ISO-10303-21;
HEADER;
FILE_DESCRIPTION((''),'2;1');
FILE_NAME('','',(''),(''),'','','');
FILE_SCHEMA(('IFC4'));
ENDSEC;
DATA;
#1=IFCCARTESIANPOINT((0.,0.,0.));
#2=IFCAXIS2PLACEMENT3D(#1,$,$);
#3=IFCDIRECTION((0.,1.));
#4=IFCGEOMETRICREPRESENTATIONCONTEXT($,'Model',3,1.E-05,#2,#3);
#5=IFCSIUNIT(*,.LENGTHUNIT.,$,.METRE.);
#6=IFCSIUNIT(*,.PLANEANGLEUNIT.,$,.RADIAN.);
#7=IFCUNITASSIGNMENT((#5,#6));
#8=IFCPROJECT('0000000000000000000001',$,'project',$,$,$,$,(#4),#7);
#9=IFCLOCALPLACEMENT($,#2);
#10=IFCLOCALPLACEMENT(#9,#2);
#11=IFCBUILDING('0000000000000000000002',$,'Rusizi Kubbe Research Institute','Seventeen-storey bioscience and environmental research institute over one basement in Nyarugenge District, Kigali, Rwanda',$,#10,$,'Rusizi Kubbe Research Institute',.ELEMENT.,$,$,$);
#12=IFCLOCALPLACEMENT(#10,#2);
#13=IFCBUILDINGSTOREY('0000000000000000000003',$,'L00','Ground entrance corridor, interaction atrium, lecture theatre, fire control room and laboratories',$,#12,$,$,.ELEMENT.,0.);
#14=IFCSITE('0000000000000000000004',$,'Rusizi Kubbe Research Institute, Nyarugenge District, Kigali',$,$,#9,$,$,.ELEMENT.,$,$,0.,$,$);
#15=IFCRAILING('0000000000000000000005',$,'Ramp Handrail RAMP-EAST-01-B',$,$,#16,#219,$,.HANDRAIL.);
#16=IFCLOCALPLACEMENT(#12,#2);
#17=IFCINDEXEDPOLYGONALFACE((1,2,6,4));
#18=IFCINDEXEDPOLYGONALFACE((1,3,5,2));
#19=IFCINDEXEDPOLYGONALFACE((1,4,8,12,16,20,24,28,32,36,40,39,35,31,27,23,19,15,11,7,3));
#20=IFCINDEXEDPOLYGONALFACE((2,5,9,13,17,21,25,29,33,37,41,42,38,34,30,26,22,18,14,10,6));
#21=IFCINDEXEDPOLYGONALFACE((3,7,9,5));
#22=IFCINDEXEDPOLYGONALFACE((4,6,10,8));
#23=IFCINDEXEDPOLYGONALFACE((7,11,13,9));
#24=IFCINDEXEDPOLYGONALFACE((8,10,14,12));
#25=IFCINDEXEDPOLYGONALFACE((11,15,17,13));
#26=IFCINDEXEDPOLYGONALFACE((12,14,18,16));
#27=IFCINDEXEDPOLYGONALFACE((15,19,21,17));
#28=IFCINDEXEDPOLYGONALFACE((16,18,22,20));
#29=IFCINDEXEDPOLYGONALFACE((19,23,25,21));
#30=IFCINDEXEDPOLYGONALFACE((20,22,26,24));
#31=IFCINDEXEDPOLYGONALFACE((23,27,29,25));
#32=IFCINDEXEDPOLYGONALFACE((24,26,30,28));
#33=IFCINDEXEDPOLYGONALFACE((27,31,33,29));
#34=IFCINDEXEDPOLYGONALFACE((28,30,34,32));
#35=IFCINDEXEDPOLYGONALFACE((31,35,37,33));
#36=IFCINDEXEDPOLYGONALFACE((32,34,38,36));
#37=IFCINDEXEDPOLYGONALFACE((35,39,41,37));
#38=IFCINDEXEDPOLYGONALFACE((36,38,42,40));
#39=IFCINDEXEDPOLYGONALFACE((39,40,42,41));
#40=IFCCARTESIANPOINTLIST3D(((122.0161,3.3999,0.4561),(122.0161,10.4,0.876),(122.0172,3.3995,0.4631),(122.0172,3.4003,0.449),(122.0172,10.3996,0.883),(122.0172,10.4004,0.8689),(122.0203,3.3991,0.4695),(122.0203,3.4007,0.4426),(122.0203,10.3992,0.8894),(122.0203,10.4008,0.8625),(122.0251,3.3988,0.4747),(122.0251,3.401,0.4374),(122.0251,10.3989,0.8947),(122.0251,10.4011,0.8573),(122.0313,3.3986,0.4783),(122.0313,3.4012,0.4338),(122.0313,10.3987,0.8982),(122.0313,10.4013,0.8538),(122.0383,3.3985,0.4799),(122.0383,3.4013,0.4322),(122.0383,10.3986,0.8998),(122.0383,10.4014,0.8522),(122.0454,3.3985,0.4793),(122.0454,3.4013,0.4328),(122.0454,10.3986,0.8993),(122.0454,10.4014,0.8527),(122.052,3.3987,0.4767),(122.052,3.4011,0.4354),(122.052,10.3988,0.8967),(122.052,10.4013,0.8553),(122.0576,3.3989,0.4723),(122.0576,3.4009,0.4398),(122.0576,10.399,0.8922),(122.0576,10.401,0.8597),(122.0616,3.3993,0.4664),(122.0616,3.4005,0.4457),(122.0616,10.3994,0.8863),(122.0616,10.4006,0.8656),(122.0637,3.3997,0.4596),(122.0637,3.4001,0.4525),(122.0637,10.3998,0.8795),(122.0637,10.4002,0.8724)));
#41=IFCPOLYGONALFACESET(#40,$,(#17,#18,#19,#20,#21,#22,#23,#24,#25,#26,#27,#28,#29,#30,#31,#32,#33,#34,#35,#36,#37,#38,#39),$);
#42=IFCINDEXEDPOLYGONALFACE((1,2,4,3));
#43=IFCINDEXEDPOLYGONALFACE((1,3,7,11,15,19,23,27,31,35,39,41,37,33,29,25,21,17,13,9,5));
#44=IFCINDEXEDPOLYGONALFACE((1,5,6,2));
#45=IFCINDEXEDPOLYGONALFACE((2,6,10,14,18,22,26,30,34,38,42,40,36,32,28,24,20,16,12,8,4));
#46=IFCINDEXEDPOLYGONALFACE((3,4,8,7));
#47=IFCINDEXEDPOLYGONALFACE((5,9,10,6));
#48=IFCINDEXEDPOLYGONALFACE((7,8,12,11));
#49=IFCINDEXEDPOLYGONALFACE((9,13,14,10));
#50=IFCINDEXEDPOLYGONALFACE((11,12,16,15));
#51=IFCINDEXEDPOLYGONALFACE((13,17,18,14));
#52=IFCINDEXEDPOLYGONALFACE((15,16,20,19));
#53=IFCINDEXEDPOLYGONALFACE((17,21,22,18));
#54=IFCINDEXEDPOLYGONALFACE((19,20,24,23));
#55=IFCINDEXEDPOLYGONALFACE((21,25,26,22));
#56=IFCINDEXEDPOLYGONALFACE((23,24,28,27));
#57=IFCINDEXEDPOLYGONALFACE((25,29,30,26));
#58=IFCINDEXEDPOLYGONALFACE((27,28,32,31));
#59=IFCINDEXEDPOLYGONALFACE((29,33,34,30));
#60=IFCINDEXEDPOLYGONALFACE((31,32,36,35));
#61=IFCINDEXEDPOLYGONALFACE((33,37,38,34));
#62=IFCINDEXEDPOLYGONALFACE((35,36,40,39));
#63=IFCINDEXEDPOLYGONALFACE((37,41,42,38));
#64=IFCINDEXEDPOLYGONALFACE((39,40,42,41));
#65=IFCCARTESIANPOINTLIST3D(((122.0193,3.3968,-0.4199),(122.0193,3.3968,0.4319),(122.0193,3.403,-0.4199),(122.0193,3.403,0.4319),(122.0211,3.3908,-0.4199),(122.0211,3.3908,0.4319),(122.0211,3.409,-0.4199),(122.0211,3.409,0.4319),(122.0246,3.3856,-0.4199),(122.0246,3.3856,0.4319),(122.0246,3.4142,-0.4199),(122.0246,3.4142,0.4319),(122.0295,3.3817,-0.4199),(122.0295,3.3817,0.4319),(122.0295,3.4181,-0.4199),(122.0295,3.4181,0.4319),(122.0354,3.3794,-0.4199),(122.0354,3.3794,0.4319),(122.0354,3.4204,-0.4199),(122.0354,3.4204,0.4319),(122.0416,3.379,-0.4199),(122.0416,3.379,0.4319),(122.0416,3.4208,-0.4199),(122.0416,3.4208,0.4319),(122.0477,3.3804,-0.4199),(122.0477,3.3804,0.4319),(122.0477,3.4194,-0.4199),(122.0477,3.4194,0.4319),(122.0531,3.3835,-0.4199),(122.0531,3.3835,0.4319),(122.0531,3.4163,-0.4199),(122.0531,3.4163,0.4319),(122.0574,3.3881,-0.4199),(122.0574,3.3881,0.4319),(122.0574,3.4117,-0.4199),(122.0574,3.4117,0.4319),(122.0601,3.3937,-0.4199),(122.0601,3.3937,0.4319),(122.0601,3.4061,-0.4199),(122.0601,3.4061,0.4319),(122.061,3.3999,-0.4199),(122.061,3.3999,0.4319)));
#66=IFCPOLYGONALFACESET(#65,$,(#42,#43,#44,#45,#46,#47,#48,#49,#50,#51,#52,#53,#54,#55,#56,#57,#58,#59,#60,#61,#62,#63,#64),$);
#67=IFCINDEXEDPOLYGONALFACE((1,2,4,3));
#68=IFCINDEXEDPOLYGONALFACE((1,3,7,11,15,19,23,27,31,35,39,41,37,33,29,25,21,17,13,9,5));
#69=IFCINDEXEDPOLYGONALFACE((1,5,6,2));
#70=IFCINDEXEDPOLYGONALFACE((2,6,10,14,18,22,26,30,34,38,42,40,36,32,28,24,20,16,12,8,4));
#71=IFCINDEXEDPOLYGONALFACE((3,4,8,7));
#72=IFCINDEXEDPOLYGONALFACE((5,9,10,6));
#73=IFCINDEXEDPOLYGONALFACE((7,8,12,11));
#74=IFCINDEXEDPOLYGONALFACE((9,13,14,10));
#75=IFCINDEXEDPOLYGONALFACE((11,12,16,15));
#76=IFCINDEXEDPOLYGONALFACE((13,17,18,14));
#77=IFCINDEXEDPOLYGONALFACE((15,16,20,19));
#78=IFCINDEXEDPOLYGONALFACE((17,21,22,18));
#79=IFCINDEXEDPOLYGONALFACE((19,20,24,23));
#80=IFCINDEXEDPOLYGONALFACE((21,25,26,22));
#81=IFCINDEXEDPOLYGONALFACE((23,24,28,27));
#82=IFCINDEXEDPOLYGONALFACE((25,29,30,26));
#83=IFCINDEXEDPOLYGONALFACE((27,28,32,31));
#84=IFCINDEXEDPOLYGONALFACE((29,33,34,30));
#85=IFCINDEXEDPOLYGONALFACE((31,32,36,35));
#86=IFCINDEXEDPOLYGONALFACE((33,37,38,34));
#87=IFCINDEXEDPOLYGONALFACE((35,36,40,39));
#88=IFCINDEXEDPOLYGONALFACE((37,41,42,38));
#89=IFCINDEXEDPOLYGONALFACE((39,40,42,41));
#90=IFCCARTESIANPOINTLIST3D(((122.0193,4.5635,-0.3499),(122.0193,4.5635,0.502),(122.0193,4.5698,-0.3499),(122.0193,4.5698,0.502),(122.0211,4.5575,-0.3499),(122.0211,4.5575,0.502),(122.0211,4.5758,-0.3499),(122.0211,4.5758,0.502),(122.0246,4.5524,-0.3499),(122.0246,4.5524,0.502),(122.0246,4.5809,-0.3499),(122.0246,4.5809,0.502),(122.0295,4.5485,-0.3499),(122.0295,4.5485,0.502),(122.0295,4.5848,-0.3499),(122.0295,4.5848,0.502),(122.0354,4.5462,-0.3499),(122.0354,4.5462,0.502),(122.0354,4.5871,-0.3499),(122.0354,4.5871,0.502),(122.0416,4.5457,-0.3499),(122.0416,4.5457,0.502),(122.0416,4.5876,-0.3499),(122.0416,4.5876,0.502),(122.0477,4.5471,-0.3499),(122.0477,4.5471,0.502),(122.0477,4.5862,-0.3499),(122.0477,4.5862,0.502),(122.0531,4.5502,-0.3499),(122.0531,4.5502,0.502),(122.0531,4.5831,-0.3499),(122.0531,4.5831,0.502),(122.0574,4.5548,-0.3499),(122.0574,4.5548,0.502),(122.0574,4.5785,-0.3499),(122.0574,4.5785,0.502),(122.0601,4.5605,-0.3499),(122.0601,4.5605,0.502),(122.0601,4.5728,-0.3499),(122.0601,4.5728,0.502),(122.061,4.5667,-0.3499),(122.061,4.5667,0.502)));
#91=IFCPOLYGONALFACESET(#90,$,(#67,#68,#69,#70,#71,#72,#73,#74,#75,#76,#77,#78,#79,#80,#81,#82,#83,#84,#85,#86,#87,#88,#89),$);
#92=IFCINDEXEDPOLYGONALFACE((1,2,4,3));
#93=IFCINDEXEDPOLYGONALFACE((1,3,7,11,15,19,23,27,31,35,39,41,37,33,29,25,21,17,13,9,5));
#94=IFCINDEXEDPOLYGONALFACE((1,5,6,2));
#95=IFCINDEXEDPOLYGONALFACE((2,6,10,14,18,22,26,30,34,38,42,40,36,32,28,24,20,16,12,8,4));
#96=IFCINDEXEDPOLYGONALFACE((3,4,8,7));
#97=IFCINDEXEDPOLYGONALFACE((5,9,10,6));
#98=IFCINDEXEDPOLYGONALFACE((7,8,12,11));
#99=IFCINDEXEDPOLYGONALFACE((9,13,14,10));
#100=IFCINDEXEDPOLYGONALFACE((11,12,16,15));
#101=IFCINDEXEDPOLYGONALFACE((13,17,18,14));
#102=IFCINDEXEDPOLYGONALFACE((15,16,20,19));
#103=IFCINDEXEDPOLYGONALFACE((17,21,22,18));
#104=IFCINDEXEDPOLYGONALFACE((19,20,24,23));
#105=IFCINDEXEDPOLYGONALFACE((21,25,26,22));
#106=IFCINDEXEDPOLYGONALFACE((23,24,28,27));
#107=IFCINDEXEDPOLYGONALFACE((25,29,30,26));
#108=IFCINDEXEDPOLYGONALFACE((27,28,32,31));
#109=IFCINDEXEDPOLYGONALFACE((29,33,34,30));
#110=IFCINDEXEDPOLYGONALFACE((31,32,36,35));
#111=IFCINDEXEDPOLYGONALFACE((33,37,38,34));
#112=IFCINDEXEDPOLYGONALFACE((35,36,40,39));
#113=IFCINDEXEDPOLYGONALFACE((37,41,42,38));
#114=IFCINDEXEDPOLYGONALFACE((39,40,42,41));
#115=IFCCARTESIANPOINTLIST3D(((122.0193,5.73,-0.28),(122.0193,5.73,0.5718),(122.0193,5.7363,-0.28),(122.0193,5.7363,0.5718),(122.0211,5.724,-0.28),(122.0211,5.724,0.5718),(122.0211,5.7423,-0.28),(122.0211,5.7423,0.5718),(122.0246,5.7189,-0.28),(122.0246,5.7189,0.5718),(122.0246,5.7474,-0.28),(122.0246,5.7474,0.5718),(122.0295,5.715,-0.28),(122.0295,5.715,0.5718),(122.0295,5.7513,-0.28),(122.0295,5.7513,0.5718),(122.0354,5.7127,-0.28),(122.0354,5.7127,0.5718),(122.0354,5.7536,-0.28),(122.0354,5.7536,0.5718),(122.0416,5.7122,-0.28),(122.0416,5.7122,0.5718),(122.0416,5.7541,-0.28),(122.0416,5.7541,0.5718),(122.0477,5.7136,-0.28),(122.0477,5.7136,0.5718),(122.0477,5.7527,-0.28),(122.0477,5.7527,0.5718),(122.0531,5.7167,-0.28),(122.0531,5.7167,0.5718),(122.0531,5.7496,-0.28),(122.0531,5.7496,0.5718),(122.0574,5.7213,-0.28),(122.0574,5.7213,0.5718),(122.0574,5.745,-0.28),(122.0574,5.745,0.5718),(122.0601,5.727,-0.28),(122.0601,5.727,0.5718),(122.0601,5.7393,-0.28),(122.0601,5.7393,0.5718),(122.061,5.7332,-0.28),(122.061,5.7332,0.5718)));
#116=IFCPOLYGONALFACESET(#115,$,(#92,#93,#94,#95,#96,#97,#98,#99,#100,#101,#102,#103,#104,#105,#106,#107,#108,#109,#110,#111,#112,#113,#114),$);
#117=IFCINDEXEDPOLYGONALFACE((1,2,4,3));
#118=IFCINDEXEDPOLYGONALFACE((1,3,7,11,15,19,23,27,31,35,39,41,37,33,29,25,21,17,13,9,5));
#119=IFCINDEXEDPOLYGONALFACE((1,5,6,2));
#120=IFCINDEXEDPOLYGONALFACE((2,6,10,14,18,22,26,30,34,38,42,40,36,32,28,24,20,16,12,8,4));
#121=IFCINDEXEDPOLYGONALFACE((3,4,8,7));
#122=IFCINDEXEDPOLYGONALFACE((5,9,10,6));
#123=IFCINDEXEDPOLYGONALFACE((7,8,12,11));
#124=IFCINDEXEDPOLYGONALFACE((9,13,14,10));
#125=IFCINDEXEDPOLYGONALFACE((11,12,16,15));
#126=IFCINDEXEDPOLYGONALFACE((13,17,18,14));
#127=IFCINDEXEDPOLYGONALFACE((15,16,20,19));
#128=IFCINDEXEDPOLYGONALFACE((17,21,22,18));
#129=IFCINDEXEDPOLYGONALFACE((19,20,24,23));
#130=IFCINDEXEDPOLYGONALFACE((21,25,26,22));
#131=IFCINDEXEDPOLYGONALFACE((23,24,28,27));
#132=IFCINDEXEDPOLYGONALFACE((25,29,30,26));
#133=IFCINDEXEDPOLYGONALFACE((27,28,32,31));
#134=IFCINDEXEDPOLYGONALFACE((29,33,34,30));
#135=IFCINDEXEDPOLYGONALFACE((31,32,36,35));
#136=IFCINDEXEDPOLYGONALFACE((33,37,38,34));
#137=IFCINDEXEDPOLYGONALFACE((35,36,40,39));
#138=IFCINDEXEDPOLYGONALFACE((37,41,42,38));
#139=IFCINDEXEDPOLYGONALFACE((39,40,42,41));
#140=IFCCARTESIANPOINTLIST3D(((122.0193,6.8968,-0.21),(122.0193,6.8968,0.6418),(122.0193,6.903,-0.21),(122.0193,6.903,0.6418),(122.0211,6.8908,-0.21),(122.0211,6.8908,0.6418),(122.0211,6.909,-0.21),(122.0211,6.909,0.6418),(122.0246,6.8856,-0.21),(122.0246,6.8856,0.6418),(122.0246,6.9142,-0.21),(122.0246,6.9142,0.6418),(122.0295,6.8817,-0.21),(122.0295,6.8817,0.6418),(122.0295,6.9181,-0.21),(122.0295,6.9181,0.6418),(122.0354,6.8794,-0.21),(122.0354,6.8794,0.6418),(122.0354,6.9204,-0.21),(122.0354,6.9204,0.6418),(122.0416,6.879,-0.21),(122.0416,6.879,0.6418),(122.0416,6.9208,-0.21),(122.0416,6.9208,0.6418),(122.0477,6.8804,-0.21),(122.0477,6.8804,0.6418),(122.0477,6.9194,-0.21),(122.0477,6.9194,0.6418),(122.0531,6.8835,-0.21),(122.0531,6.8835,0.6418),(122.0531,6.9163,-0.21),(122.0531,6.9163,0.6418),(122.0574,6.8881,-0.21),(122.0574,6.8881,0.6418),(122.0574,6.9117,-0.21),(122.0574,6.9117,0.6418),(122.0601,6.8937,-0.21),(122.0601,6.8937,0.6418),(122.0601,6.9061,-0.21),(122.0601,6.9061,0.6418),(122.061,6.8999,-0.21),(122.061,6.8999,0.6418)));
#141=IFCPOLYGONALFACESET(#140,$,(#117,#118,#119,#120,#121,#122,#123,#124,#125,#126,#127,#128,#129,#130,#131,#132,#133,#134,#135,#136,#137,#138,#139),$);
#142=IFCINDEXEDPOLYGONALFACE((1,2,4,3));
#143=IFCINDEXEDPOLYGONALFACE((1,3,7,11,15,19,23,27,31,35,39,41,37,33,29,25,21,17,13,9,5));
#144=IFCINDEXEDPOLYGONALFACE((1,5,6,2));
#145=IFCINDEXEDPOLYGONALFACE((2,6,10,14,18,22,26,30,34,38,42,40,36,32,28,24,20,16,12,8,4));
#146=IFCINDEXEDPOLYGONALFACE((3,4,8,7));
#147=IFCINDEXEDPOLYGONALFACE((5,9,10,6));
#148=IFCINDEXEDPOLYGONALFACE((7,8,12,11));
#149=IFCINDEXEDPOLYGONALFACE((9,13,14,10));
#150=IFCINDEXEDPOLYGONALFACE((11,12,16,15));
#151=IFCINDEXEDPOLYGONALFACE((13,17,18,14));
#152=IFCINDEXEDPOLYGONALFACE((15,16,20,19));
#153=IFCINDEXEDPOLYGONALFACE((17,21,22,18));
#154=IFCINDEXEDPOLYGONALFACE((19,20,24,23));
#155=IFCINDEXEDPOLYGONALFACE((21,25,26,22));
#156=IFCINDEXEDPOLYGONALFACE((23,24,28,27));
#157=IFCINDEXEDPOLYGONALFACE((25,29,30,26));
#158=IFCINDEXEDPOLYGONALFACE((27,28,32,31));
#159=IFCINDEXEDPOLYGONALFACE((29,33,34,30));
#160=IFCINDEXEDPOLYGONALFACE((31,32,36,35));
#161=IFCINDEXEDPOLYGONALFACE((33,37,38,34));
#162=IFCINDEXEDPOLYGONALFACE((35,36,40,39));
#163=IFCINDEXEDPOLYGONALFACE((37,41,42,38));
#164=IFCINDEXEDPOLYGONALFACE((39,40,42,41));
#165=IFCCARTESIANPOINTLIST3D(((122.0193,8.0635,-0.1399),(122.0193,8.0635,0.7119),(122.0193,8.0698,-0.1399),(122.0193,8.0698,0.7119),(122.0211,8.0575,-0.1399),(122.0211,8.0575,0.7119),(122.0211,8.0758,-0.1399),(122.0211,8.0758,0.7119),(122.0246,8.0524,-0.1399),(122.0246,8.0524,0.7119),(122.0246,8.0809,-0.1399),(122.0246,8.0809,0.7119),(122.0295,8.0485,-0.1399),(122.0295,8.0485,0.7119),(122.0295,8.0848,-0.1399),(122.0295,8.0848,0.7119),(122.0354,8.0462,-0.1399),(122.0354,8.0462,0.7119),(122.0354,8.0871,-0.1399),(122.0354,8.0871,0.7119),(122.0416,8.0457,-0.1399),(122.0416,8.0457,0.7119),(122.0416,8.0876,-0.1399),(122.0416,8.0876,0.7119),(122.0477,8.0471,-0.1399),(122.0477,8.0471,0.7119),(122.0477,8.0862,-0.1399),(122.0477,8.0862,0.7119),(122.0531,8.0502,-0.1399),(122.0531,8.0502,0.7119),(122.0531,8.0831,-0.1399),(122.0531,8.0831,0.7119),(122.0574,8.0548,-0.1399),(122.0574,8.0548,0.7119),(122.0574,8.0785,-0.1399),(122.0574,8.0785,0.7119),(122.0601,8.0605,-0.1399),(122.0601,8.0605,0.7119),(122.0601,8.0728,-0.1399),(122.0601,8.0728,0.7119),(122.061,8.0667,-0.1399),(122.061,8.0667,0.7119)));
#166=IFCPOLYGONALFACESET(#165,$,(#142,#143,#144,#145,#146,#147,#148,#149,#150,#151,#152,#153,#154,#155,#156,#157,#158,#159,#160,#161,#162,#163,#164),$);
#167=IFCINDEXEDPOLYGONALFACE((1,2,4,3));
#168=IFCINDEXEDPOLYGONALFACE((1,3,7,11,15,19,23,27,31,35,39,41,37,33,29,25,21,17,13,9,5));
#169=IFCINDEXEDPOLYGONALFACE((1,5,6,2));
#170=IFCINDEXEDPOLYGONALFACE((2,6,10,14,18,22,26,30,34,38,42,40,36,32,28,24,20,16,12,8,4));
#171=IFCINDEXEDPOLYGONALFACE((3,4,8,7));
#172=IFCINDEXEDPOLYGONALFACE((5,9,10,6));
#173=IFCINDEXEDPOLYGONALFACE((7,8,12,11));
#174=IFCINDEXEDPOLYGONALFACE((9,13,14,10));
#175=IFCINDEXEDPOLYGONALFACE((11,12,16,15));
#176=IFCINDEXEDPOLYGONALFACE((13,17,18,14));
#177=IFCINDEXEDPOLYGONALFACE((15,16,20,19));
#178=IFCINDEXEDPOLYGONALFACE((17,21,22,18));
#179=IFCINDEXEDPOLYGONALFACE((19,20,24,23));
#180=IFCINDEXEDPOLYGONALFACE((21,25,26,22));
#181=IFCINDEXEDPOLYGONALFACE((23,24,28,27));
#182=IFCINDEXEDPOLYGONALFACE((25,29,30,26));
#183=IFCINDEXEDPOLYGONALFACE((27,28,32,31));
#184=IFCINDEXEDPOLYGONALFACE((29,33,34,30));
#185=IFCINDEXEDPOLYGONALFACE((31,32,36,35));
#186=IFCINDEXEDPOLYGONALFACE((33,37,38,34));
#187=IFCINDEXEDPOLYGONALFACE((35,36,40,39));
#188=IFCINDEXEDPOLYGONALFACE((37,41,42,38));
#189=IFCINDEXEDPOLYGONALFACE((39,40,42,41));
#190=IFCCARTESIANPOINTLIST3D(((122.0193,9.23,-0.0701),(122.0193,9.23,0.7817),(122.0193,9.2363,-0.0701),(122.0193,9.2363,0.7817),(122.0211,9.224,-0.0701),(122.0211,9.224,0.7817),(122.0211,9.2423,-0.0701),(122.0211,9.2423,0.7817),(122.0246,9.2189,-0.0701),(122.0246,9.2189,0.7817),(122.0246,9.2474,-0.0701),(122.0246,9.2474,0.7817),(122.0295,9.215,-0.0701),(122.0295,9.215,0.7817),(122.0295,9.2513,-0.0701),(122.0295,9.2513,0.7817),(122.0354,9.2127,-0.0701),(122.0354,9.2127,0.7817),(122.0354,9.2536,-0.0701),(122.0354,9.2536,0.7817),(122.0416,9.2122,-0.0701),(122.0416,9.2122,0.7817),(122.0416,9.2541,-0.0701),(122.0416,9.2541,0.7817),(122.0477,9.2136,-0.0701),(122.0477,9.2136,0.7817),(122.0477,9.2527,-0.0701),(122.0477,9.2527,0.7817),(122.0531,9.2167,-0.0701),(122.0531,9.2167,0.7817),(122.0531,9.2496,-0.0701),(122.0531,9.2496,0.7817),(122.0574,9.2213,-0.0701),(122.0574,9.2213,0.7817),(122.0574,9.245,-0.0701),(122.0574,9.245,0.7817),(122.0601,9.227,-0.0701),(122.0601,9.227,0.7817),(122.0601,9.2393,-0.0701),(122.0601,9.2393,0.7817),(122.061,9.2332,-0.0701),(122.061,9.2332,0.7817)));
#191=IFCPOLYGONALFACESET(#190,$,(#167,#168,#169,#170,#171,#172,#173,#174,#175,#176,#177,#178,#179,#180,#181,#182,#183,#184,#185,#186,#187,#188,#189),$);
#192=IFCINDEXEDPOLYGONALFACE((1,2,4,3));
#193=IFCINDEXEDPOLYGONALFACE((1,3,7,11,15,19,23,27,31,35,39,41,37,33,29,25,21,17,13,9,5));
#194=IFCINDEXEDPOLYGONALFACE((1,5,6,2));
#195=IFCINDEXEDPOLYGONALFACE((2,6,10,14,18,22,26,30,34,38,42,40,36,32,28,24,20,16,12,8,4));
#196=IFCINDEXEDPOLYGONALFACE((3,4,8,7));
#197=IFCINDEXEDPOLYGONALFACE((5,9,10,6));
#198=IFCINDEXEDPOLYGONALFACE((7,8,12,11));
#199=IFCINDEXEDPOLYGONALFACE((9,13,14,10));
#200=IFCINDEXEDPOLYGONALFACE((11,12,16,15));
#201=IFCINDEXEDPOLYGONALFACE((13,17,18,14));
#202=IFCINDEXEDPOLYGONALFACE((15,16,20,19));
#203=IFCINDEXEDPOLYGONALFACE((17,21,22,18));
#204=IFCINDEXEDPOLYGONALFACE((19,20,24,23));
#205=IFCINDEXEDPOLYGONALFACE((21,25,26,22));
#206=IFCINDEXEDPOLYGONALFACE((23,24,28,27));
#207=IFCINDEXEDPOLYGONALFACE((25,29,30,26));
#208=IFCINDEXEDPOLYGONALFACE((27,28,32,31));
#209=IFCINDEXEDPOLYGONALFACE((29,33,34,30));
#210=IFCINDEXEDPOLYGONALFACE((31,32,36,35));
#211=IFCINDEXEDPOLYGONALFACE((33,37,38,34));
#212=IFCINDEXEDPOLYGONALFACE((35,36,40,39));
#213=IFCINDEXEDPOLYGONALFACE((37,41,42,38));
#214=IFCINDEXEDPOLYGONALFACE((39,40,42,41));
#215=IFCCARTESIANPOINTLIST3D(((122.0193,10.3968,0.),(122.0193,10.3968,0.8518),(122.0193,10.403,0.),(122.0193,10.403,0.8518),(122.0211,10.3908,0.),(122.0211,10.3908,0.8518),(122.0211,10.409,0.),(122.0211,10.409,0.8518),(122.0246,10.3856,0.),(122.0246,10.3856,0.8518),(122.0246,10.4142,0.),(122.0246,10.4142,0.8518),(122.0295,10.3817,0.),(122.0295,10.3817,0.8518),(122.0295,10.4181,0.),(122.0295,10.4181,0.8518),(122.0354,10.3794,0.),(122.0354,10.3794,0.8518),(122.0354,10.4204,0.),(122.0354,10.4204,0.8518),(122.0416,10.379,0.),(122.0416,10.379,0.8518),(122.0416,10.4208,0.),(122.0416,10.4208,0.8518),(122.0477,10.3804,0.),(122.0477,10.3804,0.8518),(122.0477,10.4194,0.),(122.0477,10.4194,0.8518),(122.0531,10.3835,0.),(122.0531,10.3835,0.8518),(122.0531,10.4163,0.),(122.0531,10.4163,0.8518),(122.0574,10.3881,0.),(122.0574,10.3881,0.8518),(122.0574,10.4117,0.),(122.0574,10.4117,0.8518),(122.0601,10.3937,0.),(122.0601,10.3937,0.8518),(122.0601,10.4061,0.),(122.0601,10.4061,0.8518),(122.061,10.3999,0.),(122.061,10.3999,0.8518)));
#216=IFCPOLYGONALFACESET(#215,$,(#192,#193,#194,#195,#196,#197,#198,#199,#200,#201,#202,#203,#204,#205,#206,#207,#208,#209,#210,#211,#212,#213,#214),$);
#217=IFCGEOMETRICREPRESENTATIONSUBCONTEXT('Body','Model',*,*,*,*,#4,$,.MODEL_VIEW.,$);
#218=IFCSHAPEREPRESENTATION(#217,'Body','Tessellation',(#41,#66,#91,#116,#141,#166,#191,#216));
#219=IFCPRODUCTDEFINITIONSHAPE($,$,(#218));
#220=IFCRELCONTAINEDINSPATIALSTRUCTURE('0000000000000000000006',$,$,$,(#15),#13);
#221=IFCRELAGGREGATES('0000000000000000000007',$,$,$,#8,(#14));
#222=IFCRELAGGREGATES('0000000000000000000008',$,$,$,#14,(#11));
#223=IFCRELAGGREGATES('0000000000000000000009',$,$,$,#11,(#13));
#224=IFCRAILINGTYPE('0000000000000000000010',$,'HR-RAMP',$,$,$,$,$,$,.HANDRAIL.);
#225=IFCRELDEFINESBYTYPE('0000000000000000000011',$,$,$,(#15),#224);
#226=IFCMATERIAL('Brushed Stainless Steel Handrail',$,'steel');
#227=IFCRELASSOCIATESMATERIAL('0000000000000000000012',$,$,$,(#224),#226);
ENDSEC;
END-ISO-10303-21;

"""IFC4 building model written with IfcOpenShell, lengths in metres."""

from ifc_helpers import new_model, si_unit, direction, frame, origin, origin_2d, place, context, subcontext, project, spatial, circle, extrude, material, type_object, element, save


model = new_model("IFC4")

# Units and contexts
model_context = context("Model", 3, precision=1e-05, world=origin(), true_north=direction((0.0, 1.0)))
body_context = subcontext(model_context, "Body", "Model", "MODEL_VIEW")
ifc_project = project(units=[si_unit("LENGTHUNIT", "METRE"), si_unit("PLANEANGLEUNIT", "RADIAN")], contexts=[model_context])

# Site, building, storey
site_placement = place(None, origin())
site = spatial("IfcSite", under=ifc_project, at=site_placement, Name="Rusizi Kubbe Research Institute, Nyarugenge District, Kigali", CompositionType="ELEMENT", RefElevation=0.0)
building_placement = place(site_placement, origin())
building = spatial("IfcBuilding", under=site, at=building_placement, Name="Rusizi Kubbe Research Institute", Description="Seventeen-storey bioscience and environmental research institute over one basement in Nyarugenge District, Kigali, Rwanda", LongName="Rusizi Kubbe Research Institute", CompositionType="ELEMENT")
storey_placement = place(building_placement, origin())
storey = spatial("IfcBuildingStorey", under=building, at=storey_placement, Name="L00", Description="Ground entrance corridor, interaction atrium, lecture theatre, fire control room and laboratories", CompositionType="ELEMENT", Elevation=0.0)

# Railing
ifc_material_1 = material(Name="Brushed Stainless Steel Handrail", Category="steel")
railing_type = type_object("IfcRailingType", Name="HR-RAMP", PredefinedType="HANDRAIL", material=ifc_material_1)
for number, where, name in (
    (1, (122.04, 3.3999, -0.4199), "Ramp Handrail RAMP-EAST-01-B"),
):
    element("IfcRailing", number, at=place(storey_placement, frame(where)), inside=storey, type_object=railing_type, Name=name, PredefinedType="HANDRAIL", context=body_context, shape_type="SweptSolid", body=[
        extrude(circle(Radius=0.0239, at=origin_2d()), frame((0.0, 0.0, 0.876), z_axis=(0.0, 0.998206, 0.059881), x_axis=(-1.0, 0.0, 0.0)), (0.0, 0.0, 1.0), 7.0127),
        extrude(circle(Radius=0.021, at=origin_2d()), origin(), (0.0, 0.0, 1.0), 0.8518),
        extrude(circle(Radius=0.021, at=origin_2d()), frame((0.0, 1.1667, 0.0701)), (0.0, 0.0, 1.0), 0.8518),
        extrude(circle(Radius=0.021, at=origin_2d()), frame((0.0, 2.3333, 0.1399)), (0.0, 0.0, 1.0), 0.8518),
        extrude(circle(Radius=0.021, at=origin_2d()), frame((0.0, 3.5, 0.21)), (0.0, 0.0, 1.0), 0.8518),
        extrude(circle(Radius=0.021, at=origin_2d()), frame((0.0, 4.6667, 0.28)), (0.0, 0.0, 1.0), 0.8518),
        extrude(circle(Radius=0.021, at=origin_2d()), frame((0.0, 5.8333, 0.3499)), (0.0, 0.0, 1.0), 0.8518),
        extrude(circle(Radius=0.021, at=origin_2d()), frame((0.0, 7.0, 0.4199)), (0.0, 0.0, 1.0), 0.8518),
    ])

save(model, "model.ifc")
